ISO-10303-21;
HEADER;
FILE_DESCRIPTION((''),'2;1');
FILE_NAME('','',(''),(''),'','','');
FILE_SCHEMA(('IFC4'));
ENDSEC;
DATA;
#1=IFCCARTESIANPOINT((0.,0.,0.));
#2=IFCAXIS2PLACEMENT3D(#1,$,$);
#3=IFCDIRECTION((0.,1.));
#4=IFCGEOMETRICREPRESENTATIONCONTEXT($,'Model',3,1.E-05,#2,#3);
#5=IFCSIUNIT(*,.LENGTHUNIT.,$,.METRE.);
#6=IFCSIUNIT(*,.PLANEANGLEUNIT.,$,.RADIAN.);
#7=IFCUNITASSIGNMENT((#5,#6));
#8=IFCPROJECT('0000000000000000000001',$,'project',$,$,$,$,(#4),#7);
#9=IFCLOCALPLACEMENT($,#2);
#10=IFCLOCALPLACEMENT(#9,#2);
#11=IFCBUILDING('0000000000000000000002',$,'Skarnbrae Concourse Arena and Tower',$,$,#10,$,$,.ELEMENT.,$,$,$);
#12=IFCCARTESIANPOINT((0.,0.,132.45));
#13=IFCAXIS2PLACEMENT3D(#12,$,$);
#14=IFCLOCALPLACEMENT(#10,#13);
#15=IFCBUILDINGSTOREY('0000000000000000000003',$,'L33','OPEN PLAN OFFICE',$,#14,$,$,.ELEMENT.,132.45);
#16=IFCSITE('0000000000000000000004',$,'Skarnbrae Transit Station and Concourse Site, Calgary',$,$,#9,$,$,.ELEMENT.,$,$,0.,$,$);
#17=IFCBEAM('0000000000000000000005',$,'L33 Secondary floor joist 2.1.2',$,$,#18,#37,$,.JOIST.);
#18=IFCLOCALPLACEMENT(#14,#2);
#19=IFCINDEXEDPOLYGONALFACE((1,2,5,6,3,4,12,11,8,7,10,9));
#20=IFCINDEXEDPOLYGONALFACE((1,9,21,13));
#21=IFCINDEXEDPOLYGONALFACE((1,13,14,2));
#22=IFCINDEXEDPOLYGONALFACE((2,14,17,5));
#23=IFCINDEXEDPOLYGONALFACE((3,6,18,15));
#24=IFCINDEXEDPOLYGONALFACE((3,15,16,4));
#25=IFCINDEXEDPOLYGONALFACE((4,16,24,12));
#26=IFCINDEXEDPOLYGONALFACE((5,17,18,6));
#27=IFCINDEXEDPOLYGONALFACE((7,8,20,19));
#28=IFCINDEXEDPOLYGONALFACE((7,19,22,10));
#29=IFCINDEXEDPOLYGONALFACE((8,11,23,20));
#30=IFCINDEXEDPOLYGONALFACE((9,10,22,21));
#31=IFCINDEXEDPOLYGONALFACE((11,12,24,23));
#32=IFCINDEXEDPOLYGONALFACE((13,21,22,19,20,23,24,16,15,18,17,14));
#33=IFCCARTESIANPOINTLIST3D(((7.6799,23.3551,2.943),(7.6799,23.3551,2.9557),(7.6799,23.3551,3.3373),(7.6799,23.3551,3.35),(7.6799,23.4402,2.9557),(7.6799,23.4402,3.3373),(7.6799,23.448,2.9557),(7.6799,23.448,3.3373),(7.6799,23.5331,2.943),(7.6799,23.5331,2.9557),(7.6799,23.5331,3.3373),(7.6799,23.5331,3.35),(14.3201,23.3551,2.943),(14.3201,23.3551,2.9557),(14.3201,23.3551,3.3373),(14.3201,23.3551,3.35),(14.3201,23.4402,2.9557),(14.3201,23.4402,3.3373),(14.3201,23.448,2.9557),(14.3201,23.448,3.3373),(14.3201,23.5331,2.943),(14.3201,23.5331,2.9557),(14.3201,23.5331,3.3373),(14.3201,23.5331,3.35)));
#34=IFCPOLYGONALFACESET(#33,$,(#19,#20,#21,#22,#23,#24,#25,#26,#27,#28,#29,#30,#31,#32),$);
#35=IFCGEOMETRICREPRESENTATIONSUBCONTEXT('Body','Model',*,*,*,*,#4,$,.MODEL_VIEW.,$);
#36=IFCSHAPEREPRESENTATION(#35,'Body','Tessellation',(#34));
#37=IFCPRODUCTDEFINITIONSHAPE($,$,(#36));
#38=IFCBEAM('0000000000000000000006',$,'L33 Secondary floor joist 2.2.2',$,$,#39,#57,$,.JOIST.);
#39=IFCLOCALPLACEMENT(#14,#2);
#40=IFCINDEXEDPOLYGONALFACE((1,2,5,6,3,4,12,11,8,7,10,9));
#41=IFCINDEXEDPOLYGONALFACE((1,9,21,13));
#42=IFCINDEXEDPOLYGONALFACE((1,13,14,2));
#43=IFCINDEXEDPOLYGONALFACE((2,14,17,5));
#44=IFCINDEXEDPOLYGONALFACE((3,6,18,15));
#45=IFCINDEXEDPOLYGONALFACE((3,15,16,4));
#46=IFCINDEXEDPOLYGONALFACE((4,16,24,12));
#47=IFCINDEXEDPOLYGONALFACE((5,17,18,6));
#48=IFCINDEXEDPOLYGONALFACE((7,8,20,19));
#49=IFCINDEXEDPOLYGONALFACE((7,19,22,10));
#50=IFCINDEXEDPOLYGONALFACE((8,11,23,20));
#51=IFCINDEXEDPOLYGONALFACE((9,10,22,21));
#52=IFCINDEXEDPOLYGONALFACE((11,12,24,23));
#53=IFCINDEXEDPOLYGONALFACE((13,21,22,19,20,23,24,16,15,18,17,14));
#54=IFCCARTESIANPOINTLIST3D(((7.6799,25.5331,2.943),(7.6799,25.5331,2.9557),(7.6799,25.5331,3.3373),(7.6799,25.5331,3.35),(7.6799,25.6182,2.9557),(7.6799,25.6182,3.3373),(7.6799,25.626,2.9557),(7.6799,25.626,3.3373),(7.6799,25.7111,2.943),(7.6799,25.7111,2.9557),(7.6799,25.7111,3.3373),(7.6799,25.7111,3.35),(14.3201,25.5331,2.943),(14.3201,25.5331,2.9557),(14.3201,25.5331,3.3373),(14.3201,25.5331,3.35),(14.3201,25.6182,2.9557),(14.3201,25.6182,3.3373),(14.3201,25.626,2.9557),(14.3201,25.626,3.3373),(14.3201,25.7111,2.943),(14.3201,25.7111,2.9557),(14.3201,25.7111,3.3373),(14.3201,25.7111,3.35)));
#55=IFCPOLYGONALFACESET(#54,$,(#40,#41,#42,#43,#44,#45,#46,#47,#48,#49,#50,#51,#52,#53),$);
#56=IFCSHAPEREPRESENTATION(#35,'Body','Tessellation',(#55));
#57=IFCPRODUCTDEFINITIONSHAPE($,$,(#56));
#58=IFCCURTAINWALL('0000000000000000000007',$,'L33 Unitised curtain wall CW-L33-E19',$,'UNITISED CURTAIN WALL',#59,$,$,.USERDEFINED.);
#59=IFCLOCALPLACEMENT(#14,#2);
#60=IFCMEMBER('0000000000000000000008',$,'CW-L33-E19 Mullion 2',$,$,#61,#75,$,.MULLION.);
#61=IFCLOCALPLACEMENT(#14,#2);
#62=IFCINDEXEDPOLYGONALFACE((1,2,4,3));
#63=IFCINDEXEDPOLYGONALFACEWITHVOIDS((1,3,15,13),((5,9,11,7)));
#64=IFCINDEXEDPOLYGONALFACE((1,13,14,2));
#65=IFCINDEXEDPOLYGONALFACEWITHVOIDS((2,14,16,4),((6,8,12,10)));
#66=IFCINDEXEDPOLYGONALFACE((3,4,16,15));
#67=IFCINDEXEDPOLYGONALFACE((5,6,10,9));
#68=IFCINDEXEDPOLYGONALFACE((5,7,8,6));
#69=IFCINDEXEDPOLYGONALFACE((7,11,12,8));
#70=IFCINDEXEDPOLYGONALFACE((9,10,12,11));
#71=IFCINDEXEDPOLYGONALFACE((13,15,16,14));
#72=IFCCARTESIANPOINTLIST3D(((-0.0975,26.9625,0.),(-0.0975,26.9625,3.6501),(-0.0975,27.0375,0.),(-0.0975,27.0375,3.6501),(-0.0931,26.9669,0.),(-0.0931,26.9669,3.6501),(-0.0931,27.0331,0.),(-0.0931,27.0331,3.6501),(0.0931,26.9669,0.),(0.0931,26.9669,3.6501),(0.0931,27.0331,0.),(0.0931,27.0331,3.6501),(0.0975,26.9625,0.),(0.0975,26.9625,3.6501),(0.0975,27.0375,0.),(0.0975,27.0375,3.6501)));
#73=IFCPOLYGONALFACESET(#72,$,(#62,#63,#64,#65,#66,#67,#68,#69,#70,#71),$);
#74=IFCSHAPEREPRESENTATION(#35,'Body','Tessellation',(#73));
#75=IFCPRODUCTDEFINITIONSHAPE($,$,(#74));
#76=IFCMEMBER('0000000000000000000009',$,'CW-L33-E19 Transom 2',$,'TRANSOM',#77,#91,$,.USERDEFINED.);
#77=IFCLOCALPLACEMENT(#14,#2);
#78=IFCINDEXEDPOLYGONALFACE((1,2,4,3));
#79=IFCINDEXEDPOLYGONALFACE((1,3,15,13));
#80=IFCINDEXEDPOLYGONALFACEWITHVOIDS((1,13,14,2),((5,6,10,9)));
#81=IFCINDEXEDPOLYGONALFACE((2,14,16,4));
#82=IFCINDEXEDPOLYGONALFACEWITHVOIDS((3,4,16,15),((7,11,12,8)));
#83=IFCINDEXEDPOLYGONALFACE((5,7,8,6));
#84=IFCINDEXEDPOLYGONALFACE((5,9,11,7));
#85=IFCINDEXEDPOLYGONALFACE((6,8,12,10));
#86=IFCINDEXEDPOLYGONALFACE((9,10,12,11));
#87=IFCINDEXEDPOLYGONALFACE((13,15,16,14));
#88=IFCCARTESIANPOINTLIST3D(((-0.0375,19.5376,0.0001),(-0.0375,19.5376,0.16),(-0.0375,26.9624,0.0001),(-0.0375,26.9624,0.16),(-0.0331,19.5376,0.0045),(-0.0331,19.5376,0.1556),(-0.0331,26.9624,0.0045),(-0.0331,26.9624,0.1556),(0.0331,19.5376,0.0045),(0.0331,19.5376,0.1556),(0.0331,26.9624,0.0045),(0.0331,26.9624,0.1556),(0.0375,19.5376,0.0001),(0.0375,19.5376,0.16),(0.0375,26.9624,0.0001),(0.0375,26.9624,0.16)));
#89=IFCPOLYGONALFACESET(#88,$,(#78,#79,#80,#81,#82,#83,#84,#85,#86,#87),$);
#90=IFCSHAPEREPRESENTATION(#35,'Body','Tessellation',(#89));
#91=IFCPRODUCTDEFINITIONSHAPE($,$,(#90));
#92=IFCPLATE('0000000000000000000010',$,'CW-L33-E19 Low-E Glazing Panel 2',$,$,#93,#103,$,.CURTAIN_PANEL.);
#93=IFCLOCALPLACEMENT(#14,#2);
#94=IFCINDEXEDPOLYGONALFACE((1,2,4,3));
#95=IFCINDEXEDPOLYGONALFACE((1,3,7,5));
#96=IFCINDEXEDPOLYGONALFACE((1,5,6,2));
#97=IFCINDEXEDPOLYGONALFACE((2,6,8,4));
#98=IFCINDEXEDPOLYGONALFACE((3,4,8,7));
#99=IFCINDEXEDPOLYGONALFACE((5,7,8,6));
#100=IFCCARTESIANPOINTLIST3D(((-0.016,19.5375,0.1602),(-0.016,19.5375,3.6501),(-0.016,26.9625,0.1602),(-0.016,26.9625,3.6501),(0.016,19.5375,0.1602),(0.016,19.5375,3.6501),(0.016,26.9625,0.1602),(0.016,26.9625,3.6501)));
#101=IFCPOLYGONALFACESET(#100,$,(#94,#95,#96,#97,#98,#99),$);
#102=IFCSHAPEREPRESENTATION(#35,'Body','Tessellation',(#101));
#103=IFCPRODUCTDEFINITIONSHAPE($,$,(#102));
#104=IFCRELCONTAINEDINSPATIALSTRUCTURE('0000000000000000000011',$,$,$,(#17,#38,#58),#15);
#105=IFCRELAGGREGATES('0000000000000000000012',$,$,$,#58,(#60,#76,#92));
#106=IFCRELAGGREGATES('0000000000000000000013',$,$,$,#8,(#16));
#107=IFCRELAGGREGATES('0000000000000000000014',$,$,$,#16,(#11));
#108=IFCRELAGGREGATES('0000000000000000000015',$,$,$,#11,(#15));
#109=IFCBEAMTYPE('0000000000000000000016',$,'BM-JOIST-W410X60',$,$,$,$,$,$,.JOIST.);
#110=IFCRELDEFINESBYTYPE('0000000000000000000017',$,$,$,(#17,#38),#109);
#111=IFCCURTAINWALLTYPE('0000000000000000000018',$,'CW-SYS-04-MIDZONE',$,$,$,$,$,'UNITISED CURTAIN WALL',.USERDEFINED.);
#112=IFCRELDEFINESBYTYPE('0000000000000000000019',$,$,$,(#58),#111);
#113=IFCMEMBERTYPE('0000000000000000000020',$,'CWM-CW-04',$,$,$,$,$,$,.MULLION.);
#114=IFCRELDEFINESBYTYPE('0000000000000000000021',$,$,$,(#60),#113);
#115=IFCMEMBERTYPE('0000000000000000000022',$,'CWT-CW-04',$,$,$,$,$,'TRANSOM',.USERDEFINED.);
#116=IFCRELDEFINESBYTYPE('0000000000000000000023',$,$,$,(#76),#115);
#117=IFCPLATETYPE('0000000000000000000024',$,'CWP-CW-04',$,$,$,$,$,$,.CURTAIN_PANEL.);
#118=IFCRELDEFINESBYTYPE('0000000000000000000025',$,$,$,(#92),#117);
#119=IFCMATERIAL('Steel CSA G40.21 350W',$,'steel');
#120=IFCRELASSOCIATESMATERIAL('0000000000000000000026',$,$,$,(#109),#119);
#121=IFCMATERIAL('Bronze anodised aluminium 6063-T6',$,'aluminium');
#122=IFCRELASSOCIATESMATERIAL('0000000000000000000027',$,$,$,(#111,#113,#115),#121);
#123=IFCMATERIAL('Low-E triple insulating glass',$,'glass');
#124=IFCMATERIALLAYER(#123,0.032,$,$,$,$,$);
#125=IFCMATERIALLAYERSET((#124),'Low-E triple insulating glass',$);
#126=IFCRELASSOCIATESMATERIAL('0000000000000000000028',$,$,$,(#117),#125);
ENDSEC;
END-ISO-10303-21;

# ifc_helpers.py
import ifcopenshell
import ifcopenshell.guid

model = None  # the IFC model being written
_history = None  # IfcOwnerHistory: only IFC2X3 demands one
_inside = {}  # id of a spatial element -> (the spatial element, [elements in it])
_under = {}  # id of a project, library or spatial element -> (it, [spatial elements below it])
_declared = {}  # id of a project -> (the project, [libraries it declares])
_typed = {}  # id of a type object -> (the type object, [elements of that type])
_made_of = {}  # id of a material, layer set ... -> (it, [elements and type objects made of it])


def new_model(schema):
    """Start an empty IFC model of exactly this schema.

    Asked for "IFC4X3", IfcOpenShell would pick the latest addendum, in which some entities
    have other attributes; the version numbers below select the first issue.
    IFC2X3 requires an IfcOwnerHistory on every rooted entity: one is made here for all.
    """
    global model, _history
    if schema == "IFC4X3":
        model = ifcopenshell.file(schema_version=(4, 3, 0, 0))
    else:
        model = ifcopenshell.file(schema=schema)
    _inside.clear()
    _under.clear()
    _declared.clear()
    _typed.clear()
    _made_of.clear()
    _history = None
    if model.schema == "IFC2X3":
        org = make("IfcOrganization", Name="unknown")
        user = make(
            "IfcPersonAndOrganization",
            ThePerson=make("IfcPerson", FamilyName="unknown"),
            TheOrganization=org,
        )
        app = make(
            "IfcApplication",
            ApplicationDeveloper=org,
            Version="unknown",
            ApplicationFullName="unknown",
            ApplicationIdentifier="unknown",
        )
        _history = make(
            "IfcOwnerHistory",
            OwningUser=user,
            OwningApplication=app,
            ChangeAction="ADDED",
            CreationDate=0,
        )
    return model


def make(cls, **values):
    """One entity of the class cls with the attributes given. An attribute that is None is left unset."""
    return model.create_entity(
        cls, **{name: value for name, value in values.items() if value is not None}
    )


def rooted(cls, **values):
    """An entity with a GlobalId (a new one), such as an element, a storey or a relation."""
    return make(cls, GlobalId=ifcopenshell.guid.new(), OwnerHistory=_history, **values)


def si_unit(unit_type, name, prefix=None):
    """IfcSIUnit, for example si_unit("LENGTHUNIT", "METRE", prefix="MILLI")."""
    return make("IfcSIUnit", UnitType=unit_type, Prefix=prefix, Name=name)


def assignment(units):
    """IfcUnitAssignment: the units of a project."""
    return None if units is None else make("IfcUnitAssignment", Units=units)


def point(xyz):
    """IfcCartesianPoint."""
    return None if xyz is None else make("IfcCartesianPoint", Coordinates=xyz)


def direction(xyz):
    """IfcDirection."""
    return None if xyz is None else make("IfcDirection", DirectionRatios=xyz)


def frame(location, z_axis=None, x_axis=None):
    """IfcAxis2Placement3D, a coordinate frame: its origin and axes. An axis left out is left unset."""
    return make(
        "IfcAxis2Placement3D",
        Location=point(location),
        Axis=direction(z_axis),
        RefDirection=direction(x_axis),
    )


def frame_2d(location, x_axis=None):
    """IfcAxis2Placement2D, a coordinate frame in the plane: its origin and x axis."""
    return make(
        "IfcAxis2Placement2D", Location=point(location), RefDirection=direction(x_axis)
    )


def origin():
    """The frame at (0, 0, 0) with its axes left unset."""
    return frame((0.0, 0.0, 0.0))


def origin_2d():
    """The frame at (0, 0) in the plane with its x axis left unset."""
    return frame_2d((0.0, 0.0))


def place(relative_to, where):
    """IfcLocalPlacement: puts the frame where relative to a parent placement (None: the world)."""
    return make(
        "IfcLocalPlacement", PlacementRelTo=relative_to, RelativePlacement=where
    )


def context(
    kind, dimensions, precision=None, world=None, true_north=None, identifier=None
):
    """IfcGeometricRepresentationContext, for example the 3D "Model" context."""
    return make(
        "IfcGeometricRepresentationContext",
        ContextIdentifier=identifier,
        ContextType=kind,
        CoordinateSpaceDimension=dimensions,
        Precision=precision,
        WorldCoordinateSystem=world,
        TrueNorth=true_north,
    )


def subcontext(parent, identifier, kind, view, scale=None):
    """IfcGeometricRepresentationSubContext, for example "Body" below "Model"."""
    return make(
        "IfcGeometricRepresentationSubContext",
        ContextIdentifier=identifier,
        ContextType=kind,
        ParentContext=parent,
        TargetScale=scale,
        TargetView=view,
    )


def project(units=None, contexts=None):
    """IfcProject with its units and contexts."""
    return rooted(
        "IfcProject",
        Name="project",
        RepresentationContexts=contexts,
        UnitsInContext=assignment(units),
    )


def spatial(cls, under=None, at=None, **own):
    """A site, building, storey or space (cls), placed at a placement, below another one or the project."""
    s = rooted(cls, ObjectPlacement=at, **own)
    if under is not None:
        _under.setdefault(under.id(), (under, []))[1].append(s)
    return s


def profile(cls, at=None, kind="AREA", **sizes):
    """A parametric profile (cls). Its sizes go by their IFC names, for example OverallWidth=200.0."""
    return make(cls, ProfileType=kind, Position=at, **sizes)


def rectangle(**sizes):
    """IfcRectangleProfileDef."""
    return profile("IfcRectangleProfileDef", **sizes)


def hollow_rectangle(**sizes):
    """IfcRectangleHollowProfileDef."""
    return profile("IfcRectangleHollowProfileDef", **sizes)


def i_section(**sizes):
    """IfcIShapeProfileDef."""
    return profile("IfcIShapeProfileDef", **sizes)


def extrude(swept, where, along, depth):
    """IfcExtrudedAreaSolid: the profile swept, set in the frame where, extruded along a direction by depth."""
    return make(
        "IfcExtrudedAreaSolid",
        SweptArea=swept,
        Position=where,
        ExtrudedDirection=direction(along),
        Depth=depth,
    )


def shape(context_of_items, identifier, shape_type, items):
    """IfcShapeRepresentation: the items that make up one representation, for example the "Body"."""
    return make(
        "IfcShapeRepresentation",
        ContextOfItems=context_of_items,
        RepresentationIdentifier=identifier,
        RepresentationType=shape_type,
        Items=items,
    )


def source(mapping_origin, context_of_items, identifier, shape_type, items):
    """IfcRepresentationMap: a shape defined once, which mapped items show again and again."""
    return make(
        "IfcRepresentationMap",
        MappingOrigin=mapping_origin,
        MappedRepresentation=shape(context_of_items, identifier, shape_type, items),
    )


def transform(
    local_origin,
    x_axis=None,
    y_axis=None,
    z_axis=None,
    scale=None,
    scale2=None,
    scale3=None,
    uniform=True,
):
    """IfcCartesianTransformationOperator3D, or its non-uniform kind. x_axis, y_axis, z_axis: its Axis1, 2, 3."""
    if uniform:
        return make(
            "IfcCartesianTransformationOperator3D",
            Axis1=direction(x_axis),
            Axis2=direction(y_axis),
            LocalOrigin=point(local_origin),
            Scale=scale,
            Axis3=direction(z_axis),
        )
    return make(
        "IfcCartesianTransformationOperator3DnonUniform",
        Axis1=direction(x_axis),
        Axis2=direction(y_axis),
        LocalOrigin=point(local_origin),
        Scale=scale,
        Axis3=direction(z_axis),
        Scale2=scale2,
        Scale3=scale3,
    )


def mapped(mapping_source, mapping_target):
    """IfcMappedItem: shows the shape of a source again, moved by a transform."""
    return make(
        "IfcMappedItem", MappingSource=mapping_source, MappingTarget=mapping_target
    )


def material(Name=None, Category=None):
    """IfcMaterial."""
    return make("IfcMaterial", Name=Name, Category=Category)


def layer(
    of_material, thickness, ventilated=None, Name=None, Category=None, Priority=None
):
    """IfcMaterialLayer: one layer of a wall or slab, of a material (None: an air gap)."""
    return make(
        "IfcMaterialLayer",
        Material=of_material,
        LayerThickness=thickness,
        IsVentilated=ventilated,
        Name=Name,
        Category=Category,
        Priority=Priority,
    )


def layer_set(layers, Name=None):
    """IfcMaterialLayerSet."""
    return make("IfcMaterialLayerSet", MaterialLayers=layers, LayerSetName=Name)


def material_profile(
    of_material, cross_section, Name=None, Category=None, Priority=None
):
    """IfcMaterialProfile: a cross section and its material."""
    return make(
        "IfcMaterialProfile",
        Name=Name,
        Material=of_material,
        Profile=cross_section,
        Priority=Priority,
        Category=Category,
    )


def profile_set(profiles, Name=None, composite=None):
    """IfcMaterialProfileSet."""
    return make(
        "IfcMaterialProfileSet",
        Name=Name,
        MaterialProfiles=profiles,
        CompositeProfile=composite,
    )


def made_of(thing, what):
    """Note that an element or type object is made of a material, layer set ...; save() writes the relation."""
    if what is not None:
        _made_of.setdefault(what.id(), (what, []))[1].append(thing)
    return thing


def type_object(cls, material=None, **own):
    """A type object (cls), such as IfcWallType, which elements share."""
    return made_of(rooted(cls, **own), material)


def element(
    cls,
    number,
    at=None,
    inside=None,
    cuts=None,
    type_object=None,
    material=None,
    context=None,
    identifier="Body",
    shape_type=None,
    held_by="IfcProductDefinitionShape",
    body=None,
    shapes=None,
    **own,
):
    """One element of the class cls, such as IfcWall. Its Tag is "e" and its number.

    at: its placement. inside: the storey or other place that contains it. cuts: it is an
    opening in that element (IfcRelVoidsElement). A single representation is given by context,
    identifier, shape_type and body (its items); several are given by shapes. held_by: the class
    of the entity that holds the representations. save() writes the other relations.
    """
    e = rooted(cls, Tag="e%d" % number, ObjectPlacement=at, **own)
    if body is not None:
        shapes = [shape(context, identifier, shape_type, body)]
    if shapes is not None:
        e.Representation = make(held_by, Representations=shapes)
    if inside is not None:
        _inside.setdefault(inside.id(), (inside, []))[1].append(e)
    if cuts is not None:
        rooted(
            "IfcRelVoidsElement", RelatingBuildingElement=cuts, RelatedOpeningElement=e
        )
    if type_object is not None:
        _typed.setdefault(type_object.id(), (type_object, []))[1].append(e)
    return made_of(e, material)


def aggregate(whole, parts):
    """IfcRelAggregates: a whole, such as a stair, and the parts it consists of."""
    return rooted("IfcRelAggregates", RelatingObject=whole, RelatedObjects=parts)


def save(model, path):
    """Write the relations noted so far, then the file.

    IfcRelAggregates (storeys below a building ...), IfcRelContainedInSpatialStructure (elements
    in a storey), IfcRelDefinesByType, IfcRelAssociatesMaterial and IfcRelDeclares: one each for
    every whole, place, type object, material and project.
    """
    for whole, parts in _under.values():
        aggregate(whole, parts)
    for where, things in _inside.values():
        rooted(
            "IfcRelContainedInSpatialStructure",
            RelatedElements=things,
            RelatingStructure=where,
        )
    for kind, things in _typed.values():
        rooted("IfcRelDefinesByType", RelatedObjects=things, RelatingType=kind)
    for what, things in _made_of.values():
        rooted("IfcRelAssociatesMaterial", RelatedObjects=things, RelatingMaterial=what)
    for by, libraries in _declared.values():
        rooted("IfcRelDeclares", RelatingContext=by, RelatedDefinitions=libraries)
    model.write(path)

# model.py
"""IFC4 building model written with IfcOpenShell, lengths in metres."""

from ifc_helpers import new_model, si_unit, direction, frame, origin, origin_2d, place, context, subcontext, project, spatial, rectangle, hollow_rectangle, i_section, extrude, source, transform, mapped, material, layer, layer_set, material_profile, profile_set, type_object, element, aggregate, save


model = new_model("IFC4")

# Units and contexts
model_context = context("Model", 3, precision=1e-05, world=origin(), true_north=direction((0.0, 1.0)))
body_context = subcontext(model_context, "Body", "Model", "MODEL_VIEW")
ifc_project = project(units=[si_unit("LENGTHUNIT", "METRE"), si_unit("PLANEANGLEUNIT", "RADIAN")], contexts=[model_context])

# Site, building, storey
site_placement = place(None, origin())
site = spatial("IfcSite", under=ifc_project, at=site_placement, Name="Skarnbrae Transit Station and Concourse Site, Calgary", CompositionType="ELEMENT", RefElevation=0.0)
building_placement = place(site_placement, origin())
building = spatial("IfcBuilding", under=site, at=building_placement, Name="Skarnbrae Concourse Arena and Tower", CompositionType="ELEMENT")
storey_placement = place(building_placement, frame((0.0, 0.0, 132.45)))
storey = spatial("IfcBuildingStorey", under=building, at=storey_placement, Name="L33", Description="OPEN PLAN OFFICE", CompositionType="ELEMENT", Elevation=132.45)

# Shared definitions
ifc_material_1 = material(Name="Steel CSA G40.21 350W", Category="steel")

# Beams
ifc_material_profile_1 = material_profile(ifc_material_1, i_section(OverallWidth=0.178, OverallDepth=0.407, WebThickness=0.0078, FlangeThickness=0.0127, at=origin_2d()), Name="W410X60")
ifc_profile_set_1 = profile_set([ifc_material_profile_1], Name="Steel CSA G40.21 350W")
beam_type_1 = type_object("IfcBeamType", Name="BM-JOIST-W410X60", PredefinedType="JOIST", material=ifc_profile_set_1)
shared_shape_1 = source(origin(), body_context, "Body", "SweptSolid", [
    extrude(i_section(OverallWidth=0.178, OverallDepth=0.407, WebThickness=0.0078, FlangeThickness=0.0127, at=origin_2d()), origin(), (0.0, 0.0, 1.0), 6.6401),
])
for number, where, z_axis, x_axis, name in (
    (1, (7.6799, 23.4441, 3.1465), (1.0, 0.0, 0.0), (0.0, 1.0, 0.0), "L33 Secondary floor joist 2.1.2"),
    (2, (7.6799, 25.6221, 3.1465), (1.0, 0.0, 0.0), (0.0, 1.0, 0.0), "L33 Secondary floor joist 2.2.2"),
):
    element("IfcBeam", number, at=place(storey_placement, frame(where, z_axis=z_axis, x_axis=x_axis)), inside=storey, type_object=beam_type_1, Name=name, PredefinedType="JOIST", context=body_context, shape_type="MappedRepresentation", body=[
        mapped(shared_shape_1, transform((0.0, 0.0, 0.0))),
    ])

# Curtain wall, members, plate
ifc_material_2 = material(Name="Bronze anodised aluminium 6063-T6", Category="aluminium")
curtain_wall_type = type_object("IfcCurtainWallType", Name="CW-SYS-04-MIDZONE", ElementType="UNITISED CURTAIN WALL", PredefinedType="USERDEFINED", material=ifc_material_2)
curtain_wall_placement = place(storey_placement, origin())
curtain_wall = element("IfcCurtainWall", 3, at=curtain_wall_placement, inside=storey, type_object=curtain_wall_type, Name="L33 Unitised curtain wall CW-L33-E19", ObjectType="UNITISED CURTAIN WALL", PredefinedType="USERDEFINED")
ifc_material_profile_2 = material_profile(ifc_material_2, hollow_rectangle(XDim=0.075, YDim=0.1951, WallThickness=0.0044, at=origin_2d()), Name="ALU-MULL-75X195")
ifc_profile_set_2 = profile_set([ifc_material_profile_2], Name="Bronze anodised aluminium 6063-T6")
member_type_1 = type_object("IfcMemberType", Name="CWM-CW-04", PredefinedType="MULLION", material=ifc_profile_set_2)
shared_shape_2 = source(origin(), body_context, "Body", "SweptSolid", [
    extrude(hollow_rectangle(XDim=0.075, YDim=0.1951, WallThickness=0.0044, at=origin_2d()), origin(), (0.0, 0.0, 1.0), 3.6501),
])
member_1_placement = place(storey_placement, frame((0.0, 27.0, 0.0), z_axis=(0.0, 0.0, 1.0), x_axis=(0.0, -1.0, 0.0)))
member_1 = element("IfcMember", 4, at=member_1_placement, type_object=member_type_1, Name="CW-L33-E19 Mullion 2", PredefinedType="MULLION", context=body_context, shape_type="MappedRepresentation", body=[
    mapped(shared_shape_2, transform((0.0, 0.0, 0.0))),
])
ifc_material_profile_3 = material_profile(ifc_material_2, hollow_rectangle(XDim=0.075, YDim=0.1599, WallThickness=0.0044, at=origin_2d()), Name="ALU-TRAN-75X160")
ifc_profile_set_3 = profile_set([ifc_material_profile_3], Name="Bronze anodised aluminium 6063-T6")
member_type_2 = type_object("IfcMemberType", Name="CWT-CW-04", ElementType="TRANSOM", PredefinedType="USERDEFINED", material=ifc_profile_set_3)
shared_shape_3 = source(origin(), body_context, "Body", "SweptSolid", [
    extrude(hollow_rectangle(XDim=0.075, YDim=0.1599, WallThickness=0.0044, at=origin_2d()), origin(), (0.0, 0.0, 1.0), 7.4248),
])
member_2_placement = place(storey_placement, frame((0.0, 26.9624, 0.0801), z_axis=(0.0, -1.0, 0.0), x_axis=(1.0, 0.0, 0.0)))
member_2 = element("IfcMember", 5, at=member_2_placement, type_object=member_type_2, Name="CW-L33-E19 Transom 2", ObjectType="TRANSOM", PredefinedType="USERDEFINED", context=body_context, shape_type="MappedRepresentation", body=[
    mapped(shared_shape_3, transform((0.0, 0.0, 0.0))),
])
ifc_material_3 = material(Name="Low-E triple insulating glass", Category="glass")
ifc_layer = layer(ifc_material_3, 0.032)
ifc_layer_set = layer_set([ifc_layer], Name="Low-E triple insulating glass")
plate_type = type_object("IfcPlateType", Name="CWP-CW-04", PredefinedType="CURTAIN_PANEL", material=ifc_layer_set)
shared_shape_4 = source(origin(), body_context, "Body", "SweptSolid", [
    extrude(rectangle(XDim=7.425, YDim=0.032, at=origin_2d()), origin(), (0.0, 0.0, 1.0), 3.49),
])
plate_placement = place(storey_placement, frame((0.0, 23.25, 0.1602), z_axis=(0.0, 0.0, 1.0), x_axis=(0.0, -1.0, 0.0)))
plate = element("IfcPlate", 6, at=plate_placement, type_object=plate_type, Name="CW-L33-E19 Low-E Glazing Panel 2", PredefinedType="CURTAIN_PANEL", context=body_context, shape_type="MappedRepresentation", body=[
    mapped(shared_shape_4, transform((0.0, 0.0, 0.0))),
])
aggregate(curtain_wall, [member_1, member_2, plate])

save(model, "model.ifc")
